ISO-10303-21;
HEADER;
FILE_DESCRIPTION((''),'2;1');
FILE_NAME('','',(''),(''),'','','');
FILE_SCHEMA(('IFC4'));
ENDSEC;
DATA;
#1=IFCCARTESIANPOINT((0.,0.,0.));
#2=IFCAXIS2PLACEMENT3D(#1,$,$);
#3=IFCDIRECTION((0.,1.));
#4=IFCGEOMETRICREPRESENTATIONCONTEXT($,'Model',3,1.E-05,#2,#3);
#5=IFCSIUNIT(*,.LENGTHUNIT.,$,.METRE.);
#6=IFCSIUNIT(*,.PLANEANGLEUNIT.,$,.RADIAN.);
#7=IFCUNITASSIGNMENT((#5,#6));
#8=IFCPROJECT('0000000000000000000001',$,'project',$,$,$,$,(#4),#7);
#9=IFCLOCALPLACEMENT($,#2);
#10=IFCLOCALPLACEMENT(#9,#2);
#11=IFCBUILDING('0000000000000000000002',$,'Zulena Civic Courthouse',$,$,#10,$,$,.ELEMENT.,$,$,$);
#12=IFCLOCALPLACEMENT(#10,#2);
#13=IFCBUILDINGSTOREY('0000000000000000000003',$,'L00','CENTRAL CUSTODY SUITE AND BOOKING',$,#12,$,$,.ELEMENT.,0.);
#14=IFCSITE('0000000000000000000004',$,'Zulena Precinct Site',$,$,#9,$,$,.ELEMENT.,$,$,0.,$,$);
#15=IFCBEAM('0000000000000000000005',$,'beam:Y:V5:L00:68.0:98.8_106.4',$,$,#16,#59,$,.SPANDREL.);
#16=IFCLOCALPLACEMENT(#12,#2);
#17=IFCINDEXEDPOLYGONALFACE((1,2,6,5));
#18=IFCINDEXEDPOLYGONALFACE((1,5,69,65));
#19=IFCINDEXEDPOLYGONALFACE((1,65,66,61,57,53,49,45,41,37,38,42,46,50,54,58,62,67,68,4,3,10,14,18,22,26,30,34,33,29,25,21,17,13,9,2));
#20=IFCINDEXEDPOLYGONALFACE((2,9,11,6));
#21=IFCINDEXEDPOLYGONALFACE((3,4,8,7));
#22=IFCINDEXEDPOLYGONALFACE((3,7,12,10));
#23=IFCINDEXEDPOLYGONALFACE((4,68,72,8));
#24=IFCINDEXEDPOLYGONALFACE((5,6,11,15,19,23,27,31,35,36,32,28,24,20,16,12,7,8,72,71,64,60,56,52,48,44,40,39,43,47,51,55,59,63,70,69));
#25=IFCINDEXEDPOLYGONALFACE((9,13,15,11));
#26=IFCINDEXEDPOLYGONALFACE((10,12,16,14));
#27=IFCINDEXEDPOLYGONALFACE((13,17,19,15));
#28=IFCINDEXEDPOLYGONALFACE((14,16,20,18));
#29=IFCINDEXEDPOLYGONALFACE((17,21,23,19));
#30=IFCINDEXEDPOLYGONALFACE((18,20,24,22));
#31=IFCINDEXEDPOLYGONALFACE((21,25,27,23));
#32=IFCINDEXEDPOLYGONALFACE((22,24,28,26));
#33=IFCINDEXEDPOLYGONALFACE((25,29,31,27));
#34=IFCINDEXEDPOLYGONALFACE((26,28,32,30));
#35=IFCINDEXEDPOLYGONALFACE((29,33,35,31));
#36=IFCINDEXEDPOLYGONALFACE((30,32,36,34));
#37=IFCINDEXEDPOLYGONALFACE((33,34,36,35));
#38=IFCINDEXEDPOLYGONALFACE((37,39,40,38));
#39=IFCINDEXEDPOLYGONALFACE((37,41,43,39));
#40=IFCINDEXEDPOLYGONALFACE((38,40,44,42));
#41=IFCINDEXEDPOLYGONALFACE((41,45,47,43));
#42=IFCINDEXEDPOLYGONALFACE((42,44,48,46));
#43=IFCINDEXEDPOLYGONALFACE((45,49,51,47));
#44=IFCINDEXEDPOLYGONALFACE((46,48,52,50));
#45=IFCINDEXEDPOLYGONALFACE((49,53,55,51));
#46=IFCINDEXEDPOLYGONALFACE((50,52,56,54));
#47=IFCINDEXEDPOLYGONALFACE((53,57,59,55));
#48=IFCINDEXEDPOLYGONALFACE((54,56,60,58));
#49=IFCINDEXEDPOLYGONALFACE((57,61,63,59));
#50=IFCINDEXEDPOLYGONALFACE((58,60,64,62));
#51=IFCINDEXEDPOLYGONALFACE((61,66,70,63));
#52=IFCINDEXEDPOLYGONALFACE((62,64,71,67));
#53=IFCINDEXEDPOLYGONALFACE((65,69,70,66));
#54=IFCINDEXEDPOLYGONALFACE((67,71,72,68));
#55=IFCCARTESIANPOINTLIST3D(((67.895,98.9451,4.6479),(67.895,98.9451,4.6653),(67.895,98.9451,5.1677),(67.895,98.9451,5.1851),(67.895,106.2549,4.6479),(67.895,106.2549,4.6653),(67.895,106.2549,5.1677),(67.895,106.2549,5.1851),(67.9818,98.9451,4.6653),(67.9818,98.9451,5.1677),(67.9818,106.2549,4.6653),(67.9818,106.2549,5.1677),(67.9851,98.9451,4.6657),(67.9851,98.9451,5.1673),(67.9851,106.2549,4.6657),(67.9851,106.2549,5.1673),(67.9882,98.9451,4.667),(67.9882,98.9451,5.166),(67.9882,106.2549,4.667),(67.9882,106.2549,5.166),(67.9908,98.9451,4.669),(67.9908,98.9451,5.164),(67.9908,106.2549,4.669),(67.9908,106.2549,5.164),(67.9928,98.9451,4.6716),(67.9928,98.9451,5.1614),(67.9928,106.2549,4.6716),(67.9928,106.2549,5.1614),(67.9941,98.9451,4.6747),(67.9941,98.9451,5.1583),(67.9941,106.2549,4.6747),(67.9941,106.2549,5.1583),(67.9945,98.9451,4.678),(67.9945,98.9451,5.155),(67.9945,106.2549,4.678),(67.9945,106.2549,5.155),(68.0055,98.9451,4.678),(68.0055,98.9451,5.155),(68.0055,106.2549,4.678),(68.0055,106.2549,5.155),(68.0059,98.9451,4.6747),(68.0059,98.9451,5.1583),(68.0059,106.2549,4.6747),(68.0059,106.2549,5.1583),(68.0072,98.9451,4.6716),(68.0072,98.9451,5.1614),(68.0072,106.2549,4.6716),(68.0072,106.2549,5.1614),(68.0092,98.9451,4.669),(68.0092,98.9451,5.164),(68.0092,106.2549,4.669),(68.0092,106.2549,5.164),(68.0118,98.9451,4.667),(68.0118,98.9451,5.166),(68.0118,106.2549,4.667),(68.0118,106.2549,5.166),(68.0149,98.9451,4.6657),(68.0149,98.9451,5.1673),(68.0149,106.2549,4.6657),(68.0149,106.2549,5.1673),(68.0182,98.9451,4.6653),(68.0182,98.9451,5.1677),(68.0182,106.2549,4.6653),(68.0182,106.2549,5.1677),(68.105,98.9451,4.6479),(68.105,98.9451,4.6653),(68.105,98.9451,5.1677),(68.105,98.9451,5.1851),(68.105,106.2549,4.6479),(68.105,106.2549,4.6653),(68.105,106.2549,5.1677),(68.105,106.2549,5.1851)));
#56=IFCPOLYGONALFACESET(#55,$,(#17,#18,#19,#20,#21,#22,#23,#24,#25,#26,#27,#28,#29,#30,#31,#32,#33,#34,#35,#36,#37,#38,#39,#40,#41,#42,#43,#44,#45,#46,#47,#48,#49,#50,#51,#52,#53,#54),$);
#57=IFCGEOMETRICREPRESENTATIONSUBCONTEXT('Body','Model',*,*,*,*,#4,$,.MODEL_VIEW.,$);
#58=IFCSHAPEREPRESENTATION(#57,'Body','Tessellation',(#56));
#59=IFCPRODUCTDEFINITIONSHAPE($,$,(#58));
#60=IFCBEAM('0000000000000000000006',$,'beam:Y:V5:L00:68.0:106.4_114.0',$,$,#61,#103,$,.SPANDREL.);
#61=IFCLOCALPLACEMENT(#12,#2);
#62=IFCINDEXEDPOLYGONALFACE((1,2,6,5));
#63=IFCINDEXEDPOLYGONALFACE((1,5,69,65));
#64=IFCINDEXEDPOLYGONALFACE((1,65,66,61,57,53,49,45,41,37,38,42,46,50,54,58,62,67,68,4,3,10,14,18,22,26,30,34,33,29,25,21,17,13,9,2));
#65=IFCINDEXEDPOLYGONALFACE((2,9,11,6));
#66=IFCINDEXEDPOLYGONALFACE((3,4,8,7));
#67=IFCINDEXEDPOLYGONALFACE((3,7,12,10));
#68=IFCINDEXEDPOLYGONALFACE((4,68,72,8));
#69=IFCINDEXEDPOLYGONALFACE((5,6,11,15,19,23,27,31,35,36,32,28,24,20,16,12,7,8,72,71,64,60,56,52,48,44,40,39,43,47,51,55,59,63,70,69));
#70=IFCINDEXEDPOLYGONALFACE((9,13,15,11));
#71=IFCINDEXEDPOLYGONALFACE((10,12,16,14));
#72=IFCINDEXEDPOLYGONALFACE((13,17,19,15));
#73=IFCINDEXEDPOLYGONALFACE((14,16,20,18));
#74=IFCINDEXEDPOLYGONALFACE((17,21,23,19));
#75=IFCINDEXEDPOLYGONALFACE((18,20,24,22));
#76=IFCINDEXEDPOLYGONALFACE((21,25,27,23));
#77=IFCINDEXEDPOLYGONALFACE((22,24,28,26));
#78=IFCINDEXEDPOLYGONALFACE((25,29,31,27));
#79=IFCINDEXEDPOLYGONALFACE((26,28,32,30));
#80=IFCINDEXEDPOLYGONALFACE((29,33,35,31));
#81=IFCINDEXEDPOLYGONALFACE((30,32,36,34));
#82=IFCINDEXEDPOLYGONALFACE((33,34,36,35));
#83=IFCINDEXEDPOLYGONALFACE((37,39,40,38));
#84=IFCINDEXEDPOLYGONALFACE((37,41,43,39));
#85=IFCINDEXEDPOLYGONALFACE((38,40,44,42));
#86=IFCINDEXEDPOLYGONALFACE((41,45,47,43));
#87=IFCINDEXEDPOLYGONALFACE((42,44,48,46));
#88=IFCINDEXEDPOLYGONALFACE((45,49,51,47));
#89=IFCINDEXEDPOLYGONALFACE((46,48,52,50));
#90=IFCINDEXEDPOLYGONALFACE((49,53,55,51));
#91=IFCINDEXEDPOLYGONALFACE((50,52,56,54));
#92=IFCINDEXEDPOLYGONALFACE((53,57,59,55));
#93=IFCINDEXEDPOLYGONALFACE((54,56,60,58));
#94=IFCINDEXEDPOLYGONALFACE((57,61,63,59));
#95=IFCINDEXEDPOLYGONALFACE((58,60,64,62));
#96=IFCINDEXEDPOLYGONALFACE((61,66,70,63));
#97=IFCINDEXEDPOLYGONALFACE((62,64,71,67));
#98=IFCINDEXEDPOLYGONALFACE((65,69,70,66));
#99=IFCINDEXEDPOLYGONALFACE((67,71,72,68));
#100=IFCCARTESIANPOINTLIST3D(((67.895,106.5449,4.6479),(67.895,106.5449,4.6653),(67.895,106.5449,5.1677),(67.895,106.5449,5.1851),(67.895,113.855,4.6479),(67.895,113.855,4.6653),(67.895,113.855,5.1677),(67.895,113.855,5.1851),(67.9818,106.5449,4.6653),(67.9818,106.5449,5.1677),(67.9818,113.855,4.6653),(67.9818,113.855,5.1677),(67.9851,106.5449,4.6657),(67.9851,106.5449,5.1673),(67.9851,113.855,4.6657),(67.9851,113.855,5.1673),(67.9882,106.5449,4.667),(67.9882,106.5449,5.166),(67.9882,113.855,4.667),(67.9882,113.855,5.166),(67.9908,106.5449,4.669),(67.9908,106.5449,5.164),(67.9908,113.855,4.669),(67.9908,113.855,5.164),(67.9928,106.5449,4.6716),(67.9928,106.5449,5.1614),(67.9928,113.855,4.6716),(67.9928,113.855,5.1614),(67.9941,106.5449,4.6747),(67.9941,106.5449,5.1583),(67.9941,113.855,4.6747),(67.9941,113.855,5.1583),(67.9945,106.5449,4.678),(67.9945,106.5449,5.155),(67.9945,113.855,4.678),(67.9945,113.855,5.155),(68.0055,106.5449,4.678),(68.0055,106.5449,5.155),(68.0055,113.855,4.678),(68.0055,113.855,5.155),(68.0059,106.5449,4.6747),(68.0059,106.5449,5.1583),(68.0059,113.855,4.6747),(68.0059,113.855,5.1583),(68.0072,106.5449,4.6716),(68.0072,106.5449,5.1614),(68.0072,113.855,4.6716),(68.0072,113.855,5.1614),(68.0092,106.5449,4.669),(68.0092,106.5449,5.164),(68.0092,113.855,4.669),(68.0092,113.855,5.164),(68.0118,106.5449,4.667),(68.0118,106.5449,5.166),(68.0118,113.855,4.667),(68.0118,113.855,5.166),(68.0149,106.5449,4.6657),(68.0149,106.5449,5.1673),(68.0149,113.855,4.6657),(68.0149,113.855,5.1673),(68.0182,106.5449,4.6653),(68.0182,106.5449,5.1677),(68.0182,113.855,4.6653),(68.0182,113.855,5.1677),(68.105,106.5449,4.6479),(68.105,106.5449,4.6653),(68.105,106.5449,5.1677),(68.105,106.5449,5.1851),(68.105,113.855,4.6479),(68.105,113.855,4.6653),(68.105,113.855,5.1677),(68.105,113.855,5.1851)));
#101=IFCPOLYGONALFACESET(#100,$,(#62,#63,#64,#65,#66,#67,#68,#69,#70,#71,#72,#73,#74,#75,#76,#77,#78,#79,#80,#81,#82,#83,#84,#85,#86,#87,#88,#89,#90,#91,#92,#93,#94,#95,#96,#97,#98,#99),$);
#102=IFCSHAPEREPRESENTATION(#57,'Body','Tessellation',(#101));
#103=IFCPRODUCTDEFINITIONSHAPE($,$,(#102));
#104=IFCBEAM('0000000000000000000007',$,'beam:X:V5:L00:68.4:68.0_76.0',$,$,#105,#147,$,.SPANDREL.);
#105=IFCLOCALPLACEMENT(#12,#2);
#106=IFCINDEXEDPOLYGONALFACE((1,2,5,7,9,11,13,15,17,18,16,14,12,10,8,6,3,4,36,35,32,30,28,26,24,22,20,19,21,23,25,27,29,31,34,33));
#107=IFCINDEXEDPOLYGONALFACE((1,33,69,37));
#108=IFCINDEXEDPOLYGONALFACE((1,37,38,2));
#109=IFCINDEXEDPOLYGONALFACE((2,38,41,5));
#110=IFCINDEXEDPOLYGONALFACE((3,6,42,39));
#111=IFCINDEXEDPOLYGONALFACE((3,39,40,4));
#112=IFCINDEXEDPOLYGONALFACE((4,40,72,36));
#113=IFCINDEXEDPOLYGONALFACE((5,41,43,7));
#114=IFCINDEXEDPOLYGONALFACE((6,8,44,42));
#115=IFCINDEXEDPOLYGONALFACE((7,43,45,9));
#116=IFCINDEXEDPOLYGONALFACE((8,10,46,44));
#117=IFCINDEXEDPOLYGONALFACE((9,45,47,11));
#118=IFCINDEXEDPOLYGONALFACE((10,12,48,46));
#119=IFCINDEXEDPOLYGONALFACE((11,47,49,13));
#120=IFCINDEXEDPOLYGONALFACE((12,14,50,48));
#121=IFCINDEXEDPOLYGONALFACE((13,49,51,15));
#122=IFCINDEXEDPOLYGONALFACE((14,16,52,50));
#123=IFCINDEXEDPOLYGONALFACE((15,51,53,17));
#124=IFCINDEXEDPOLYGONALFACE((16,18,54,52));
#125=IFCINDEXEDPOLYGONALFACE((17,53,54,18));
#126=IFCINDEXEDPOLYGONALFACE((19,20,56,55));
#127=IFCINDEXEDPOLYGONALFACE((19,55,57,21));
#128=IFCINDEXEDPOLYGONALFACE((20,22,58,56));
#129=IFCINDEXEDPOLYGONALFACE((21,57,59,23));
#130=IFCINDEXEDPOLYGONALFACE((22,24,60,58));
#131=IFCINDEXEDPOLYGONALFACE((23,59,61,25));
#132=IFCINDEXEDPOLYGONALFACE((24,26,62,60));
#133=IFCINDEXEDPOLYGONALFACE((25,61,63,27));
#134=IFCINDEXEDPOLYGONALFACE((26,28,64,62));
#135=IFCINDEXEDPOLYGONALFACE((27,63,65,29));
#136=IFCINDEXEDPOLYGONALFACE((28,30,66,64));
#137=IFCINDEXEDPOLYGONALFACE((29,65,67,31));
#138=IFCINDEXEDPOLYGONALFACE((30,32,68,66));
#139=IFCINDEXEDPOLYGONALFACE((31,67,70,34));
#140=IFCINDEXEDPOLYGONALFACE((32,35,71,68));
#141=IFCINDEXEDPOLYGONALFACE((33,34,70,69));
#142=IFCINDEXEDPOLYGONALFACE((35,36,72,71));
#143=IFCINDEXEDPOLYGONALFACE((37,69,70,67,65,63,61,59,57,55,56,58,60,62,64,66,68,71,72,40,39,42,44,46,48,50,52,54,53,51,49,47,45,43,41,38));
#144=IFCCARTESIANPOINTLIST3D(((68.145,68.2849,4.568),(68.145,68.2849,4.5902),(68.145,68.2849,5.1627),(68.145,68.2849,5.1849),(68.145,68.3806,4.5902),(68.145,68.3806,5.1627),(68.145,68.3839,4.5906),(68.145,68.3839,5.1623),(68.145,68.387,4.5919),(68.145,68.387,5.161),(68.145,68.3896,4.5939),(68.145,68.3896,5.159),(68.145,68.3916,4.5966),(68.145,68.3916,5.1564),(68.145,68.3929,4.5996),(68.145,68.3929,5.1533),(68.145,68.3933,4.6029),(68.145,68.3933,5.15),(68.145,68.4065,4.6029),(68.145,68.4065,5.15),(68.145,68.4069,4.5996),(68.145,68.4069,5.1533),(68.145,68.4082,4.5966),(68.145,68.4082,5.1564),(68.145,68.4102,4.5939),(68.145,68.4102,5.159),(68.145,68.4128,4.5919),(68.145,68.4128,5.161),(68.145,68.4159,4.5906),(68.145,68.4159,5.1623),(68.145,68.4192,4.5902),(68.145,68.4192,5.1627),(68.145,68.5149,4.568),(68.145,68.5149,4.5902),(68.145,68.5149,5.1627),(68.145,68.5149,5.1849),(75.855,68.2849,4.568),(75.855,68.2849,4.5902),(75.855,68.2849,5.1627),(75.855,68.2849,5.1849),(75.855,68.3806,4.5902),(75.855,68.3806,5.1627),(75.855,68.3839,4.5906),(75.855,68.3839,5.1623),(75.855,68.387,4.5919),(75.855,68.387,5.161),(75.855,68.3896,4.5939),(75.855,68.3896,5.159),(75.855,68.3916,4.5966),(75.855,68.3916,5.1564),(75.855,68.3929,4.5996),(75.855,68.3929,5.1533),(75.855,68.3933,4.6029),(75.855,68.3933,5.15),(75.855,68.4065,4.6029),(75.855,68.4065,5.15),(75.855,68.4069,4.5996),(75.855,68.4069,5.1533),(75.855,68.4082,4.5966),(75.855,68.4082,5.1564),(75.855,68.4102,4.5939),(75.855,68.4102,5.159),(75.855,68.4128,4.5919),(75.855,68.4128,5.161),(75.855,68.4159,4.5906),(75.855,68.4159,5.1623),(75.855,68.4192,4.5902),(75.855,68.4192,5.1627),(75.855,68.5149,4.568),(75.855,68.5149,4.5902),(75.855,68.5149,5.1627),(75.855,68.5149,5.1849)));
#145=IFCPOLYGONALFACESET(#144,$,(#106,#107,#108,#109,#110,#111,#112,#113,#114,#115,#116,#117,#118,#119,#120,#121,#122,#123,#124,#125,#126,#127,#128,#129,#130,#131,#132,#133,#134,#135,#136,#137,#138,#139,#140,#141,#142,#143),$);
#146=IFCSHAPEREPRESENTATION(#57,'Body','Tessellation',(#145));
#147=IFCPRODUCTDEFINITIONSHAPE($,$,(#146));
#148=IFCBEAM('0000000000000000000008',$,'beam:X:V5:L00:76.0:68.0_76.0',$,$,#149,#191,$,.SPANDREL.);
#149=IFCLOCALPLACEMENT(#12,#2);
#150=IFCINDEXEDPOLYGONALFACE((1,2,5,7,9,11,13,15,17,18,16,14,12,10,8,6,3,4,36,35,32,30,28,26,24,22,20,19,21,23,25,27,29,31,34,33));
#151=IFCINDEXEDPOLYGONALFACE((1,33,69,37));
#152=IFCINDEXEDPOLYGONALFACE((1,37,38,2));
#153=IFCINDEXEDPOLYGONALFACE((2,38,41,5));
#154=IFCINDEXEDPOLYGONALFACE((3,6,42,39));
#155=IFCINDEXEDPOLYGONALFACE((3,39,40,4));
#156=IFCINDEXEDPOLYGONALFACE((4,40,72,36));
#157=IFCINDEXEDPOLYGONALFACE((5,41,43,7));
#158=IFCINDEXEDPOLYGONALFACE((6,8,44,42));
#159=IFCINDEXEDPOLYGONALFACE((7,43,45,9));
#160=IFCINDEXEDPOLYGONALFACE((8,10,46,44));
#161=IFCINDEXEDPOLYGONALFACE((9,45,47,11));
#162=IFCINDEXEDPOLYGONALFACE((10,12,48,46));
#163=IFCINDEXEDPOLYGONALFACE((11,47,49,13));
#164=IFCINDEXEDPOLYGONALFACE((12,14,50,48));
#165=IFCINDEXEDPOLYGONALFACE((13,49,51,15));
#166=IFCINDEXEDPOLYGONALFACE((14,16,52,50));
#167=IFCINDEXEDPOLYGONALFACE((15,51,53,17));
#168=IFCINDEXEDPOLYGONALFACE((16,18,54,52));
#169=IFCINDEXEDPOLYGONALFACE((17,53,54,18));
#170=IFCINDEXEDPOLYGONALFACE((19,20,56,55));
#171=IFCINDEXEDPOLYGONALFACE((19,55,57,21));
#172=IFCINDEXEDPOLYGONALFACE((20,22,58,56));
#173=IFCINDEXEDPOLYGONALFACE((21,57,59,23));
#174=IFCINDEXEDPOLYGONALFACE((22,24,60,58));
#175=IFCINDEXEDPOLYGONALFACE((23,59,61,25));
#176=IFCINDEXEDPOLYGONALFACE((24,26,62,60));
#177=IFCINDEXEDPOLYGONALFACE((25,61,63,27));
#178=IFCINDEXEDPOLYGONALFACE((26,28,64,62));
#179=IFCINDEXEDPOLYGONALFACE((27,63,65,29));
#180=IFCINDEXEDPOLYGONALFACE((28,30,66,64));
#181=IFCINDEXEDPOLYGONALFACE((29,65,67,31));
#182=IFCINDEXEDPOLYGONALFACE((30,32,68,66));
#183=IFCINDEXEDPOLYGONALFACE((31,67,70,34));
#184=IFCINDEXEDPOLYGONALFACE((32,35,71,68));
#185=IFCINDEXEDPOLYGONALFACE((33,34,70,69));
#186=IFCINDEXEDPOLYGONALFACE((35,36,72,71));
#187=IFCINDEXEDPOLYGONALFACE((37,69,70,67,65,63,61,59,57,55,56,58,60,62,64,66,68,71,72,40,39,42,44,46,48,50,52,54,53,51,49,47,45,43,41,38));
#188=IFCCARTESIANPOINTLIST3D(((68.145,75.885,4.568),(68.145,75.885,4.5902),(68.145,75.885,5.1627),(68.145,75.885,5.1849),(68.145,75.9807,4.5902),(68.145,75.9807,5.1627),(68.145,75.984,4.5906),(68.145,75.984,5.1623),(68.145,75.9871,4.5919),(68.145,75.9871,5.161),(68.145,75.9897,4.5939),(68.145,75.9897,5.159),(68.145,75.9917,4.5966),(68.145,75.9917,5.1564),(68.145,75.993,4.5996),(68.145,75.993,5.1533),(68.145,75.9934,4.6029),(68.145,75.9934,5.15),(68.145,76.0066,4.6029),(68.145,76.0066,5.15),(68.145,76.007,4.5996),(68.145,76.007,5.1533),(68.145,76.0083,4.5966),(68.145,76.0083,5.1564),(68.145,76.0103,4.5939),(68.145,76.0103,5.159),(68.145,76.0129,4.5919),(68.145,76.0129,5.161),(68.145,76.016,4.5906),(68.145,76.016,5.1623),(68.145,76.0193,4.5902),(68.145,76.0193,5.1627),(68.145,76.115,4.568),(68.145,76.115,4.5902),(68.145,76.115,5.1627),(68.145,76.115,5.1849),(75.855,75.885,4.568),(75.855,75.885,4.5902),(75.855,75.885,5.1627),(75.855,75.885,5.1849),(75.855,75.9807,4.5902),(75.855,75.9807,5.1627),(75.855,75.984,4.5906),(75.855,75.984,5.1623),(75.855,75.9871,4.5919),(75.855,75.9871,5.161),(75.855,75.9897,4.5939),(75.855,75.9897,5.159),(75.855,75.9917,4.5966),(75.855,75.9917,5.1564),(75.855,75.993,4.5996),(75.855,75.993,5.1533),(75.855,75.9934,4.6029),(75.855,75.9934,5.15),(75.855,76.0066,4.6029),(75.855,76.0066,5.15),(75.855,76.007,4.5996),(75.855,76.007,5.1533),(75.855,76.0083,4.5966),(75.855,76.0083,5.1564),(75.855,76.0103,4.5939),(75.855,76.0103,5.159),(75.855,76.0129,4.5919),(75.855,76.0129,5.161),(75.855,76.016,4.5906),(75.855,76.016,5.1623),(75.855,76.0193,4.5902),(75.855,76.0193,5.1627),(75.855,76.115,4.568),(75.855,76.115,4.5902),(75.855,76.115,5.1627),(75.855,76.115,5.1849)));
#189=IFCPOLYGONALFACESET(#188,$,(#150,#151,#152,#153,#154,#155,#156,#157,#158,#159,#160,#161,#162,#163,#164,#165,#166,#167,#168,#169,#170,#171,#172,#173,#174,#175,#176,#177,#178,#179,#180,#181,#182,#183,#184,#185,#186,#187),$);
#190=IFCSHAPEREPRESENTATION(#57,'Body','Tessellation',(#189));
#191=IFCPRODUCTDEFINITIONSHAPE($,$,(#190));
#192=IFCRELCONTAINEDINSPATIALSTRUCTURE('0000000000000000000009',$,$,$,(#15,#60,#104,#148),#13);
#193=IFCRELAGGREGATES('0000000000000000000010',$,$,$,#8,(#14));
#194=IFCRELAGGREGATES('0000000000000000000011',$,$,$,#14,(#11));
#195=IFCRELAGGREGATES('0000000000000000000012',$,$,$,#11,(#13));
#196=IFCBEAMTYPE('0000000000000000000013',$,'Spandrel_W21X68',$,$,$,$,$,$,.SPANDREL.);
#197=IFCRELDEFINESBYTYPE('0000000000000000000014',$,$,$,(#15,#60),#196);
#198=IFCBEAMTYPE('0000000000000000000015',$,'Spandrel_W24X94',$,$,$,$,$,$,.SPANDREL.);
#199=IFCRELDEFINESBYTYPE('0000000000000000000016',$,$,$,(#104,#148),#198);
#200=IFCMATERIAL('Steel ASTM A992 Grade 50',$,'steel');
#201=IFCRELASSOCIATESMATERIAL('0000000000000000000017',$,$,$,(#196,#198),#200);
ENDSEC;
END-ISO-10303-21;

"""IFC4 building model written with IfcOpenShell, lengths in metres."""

from ifc_helpers import new_model, si_unit, direction, frame, origin, origin_2d, place, context, subcontext, project, spatial, i_section, extrude, material, material_profile, profile_set, type_object, element, save


model = new_model("IFC4")

# Units and contexts
model_context = context("Model", 3, precision=1e-05, world=origin(), true_north=direction((0.0, 1.0)))
body_context = subcontext(model_context, "Body", "Model", "MODEL_VIEW")
ifc_project = project(units=[si_unit("LENGTHUNIT", "METRE"), si_unit("PLANEANGLEUNIT", "RADIAN")], contexts=[model_context])

# Site, building, storey
site_placement = place(None, origin())
site = spatial("IfcSite", under=ifc_project, at=site_placement, Name="Zulena Precinct Site", CompositionType="ELEMENT", RefElevation=0.0)
building_placement = place(site_placement, origin())
building = spatial("IfcBuilding", under=site, at=building_placement, Name="Zulena Civic Courthouse", CompositionType="ELEMENT")
storey_placement = place(building_placement, origin())
storey = spatial("IfcBuildingStorey", under=building, at=storey_placement, Name="L00", Description="CENTRAL CUSTODY SUITE AND BOOKING", CompositionType="ELEMENT", Elevation=0.0)

# Shared definitions
ifc_material_1 = material(Name="Steel ASTM A992 Grade 50", Category="steel")

# Beams
ifc_material_profile_1 = material_profile(ifc_material_1, i_section(OverallWidth=0.21, OverallDepth=0.5371, WebThickness=0.011, FlangeThickness=0.0173, FilletRadius=0.0127, at=origin_2d()), Name="W21X68")
ifc_profile_set_1 = profile_set([ifc_material_profile_1], Name="Steel ASTM A992 Grade 50")
beam_type_1 = type_object("IfcBeamType", Name="Spandrel_W21X68", PredefinedType="SPANDREL", material=ifc_profile_set_1)
beam_1_placement = place(storey_placement, frame((68.0, 98.9451, 4.9165), z_axis=(0.0, 1.0, 0.0), x_axis=(-1.0, 0.0, 0.0)))
element("IfcBeam", 1, at=beam_1_placement, inside=storey, type_object=beam_type_1, Name="beam:Y:V5:L00:68.0:98.8_106.4", PredefinedType="SPANDREL", context=body_context, shape_type="SweptSolid", body=[
    extrude(i_section(OverallWidth=0.21, OverallDepth=0.5371, WebThickness=0.011, FlangeThickness=0.0173, FilletRadius=0.0127, at=origin_2d()), origin(), (0.0, 0.0, 1.0), 7.3098),
])
beam_2_placement = place(storey_placement, frame((68.0, 106.5449, 4.9165), z_axis=(0.0, 1.0, 0.0), x_axis=(-1.0, 0.0, 0.0)))
element("IfcBeam", 2, at=beam_2_placement, inside=storey, type_object=beam_type_1, Name="beam:Y:V5:L00:68.0:106.4_114.0", PredefinedType="SPANDREL", context=body_context, shape_type="SweptSolid", body=[
    extrude(i_section(OverallWidth=0.21, OverallDepth=0.5371, WebThickness=0.011, FlangeThickness=0.0173, FilletRadius=0.0127, at=origin_2d()), origin(), (0.0, 0.0, 1.0), 7.3101),
])
ifc_material_profile_2 = material_profile(ifc_material_1, i_section(OverallWidth=0.23, OverallDepth=0.6169, WebThickness=0.0132, FlangeThickness=0.0222, FilletRadius=0.0127, at=origin_2d()), Name="W24X94")
ifc_profile_set_2 = profile_set([ifc_material_profile_2], Name="Steel ASTM A992 Grade 50")
beam_type_2 = type_object("IfcBeamType", Name="Spandrel_W24X94", PredefinedType="SPANDREL", material=ifc_profile_set_2)
for number, where, z_axis, x_axis, name in (
    (3, (68.145, 68.3999, 4.8765), (1.0, 0.0, 0.0), (0.0, 1.0, 0.0), "beam:X:V5:L00:68.4:68.0_76.0"),
    (4, (68.145, 76.0, 4.8765), (1.0, 0.0, 0.0), (0.0, 1.0, 0.0), "beam:X:V5:L00:76.0:68.0_76.0"),
):
    element("IfcBeam", number, at=place(storey_placement, frame(where, z_axis=z_axis, x_axis=x_axis)), inside=storey, type_object=beam_type_2, Name=name, PredefinedType="SPANDREL", context=body_context, shape_type="SweptSolid", body=[
        extrude(i_section(OverallWidth=0.23, OverallDepth=0.6169, WebThickness=0.0132, FlangeThickness=0.0222, FilletRadius=0.0127, at=origin_2d()), origin(), (0.0, 0.0, 1.0), 7.71),
    ])

save(model, "model.ifc")
